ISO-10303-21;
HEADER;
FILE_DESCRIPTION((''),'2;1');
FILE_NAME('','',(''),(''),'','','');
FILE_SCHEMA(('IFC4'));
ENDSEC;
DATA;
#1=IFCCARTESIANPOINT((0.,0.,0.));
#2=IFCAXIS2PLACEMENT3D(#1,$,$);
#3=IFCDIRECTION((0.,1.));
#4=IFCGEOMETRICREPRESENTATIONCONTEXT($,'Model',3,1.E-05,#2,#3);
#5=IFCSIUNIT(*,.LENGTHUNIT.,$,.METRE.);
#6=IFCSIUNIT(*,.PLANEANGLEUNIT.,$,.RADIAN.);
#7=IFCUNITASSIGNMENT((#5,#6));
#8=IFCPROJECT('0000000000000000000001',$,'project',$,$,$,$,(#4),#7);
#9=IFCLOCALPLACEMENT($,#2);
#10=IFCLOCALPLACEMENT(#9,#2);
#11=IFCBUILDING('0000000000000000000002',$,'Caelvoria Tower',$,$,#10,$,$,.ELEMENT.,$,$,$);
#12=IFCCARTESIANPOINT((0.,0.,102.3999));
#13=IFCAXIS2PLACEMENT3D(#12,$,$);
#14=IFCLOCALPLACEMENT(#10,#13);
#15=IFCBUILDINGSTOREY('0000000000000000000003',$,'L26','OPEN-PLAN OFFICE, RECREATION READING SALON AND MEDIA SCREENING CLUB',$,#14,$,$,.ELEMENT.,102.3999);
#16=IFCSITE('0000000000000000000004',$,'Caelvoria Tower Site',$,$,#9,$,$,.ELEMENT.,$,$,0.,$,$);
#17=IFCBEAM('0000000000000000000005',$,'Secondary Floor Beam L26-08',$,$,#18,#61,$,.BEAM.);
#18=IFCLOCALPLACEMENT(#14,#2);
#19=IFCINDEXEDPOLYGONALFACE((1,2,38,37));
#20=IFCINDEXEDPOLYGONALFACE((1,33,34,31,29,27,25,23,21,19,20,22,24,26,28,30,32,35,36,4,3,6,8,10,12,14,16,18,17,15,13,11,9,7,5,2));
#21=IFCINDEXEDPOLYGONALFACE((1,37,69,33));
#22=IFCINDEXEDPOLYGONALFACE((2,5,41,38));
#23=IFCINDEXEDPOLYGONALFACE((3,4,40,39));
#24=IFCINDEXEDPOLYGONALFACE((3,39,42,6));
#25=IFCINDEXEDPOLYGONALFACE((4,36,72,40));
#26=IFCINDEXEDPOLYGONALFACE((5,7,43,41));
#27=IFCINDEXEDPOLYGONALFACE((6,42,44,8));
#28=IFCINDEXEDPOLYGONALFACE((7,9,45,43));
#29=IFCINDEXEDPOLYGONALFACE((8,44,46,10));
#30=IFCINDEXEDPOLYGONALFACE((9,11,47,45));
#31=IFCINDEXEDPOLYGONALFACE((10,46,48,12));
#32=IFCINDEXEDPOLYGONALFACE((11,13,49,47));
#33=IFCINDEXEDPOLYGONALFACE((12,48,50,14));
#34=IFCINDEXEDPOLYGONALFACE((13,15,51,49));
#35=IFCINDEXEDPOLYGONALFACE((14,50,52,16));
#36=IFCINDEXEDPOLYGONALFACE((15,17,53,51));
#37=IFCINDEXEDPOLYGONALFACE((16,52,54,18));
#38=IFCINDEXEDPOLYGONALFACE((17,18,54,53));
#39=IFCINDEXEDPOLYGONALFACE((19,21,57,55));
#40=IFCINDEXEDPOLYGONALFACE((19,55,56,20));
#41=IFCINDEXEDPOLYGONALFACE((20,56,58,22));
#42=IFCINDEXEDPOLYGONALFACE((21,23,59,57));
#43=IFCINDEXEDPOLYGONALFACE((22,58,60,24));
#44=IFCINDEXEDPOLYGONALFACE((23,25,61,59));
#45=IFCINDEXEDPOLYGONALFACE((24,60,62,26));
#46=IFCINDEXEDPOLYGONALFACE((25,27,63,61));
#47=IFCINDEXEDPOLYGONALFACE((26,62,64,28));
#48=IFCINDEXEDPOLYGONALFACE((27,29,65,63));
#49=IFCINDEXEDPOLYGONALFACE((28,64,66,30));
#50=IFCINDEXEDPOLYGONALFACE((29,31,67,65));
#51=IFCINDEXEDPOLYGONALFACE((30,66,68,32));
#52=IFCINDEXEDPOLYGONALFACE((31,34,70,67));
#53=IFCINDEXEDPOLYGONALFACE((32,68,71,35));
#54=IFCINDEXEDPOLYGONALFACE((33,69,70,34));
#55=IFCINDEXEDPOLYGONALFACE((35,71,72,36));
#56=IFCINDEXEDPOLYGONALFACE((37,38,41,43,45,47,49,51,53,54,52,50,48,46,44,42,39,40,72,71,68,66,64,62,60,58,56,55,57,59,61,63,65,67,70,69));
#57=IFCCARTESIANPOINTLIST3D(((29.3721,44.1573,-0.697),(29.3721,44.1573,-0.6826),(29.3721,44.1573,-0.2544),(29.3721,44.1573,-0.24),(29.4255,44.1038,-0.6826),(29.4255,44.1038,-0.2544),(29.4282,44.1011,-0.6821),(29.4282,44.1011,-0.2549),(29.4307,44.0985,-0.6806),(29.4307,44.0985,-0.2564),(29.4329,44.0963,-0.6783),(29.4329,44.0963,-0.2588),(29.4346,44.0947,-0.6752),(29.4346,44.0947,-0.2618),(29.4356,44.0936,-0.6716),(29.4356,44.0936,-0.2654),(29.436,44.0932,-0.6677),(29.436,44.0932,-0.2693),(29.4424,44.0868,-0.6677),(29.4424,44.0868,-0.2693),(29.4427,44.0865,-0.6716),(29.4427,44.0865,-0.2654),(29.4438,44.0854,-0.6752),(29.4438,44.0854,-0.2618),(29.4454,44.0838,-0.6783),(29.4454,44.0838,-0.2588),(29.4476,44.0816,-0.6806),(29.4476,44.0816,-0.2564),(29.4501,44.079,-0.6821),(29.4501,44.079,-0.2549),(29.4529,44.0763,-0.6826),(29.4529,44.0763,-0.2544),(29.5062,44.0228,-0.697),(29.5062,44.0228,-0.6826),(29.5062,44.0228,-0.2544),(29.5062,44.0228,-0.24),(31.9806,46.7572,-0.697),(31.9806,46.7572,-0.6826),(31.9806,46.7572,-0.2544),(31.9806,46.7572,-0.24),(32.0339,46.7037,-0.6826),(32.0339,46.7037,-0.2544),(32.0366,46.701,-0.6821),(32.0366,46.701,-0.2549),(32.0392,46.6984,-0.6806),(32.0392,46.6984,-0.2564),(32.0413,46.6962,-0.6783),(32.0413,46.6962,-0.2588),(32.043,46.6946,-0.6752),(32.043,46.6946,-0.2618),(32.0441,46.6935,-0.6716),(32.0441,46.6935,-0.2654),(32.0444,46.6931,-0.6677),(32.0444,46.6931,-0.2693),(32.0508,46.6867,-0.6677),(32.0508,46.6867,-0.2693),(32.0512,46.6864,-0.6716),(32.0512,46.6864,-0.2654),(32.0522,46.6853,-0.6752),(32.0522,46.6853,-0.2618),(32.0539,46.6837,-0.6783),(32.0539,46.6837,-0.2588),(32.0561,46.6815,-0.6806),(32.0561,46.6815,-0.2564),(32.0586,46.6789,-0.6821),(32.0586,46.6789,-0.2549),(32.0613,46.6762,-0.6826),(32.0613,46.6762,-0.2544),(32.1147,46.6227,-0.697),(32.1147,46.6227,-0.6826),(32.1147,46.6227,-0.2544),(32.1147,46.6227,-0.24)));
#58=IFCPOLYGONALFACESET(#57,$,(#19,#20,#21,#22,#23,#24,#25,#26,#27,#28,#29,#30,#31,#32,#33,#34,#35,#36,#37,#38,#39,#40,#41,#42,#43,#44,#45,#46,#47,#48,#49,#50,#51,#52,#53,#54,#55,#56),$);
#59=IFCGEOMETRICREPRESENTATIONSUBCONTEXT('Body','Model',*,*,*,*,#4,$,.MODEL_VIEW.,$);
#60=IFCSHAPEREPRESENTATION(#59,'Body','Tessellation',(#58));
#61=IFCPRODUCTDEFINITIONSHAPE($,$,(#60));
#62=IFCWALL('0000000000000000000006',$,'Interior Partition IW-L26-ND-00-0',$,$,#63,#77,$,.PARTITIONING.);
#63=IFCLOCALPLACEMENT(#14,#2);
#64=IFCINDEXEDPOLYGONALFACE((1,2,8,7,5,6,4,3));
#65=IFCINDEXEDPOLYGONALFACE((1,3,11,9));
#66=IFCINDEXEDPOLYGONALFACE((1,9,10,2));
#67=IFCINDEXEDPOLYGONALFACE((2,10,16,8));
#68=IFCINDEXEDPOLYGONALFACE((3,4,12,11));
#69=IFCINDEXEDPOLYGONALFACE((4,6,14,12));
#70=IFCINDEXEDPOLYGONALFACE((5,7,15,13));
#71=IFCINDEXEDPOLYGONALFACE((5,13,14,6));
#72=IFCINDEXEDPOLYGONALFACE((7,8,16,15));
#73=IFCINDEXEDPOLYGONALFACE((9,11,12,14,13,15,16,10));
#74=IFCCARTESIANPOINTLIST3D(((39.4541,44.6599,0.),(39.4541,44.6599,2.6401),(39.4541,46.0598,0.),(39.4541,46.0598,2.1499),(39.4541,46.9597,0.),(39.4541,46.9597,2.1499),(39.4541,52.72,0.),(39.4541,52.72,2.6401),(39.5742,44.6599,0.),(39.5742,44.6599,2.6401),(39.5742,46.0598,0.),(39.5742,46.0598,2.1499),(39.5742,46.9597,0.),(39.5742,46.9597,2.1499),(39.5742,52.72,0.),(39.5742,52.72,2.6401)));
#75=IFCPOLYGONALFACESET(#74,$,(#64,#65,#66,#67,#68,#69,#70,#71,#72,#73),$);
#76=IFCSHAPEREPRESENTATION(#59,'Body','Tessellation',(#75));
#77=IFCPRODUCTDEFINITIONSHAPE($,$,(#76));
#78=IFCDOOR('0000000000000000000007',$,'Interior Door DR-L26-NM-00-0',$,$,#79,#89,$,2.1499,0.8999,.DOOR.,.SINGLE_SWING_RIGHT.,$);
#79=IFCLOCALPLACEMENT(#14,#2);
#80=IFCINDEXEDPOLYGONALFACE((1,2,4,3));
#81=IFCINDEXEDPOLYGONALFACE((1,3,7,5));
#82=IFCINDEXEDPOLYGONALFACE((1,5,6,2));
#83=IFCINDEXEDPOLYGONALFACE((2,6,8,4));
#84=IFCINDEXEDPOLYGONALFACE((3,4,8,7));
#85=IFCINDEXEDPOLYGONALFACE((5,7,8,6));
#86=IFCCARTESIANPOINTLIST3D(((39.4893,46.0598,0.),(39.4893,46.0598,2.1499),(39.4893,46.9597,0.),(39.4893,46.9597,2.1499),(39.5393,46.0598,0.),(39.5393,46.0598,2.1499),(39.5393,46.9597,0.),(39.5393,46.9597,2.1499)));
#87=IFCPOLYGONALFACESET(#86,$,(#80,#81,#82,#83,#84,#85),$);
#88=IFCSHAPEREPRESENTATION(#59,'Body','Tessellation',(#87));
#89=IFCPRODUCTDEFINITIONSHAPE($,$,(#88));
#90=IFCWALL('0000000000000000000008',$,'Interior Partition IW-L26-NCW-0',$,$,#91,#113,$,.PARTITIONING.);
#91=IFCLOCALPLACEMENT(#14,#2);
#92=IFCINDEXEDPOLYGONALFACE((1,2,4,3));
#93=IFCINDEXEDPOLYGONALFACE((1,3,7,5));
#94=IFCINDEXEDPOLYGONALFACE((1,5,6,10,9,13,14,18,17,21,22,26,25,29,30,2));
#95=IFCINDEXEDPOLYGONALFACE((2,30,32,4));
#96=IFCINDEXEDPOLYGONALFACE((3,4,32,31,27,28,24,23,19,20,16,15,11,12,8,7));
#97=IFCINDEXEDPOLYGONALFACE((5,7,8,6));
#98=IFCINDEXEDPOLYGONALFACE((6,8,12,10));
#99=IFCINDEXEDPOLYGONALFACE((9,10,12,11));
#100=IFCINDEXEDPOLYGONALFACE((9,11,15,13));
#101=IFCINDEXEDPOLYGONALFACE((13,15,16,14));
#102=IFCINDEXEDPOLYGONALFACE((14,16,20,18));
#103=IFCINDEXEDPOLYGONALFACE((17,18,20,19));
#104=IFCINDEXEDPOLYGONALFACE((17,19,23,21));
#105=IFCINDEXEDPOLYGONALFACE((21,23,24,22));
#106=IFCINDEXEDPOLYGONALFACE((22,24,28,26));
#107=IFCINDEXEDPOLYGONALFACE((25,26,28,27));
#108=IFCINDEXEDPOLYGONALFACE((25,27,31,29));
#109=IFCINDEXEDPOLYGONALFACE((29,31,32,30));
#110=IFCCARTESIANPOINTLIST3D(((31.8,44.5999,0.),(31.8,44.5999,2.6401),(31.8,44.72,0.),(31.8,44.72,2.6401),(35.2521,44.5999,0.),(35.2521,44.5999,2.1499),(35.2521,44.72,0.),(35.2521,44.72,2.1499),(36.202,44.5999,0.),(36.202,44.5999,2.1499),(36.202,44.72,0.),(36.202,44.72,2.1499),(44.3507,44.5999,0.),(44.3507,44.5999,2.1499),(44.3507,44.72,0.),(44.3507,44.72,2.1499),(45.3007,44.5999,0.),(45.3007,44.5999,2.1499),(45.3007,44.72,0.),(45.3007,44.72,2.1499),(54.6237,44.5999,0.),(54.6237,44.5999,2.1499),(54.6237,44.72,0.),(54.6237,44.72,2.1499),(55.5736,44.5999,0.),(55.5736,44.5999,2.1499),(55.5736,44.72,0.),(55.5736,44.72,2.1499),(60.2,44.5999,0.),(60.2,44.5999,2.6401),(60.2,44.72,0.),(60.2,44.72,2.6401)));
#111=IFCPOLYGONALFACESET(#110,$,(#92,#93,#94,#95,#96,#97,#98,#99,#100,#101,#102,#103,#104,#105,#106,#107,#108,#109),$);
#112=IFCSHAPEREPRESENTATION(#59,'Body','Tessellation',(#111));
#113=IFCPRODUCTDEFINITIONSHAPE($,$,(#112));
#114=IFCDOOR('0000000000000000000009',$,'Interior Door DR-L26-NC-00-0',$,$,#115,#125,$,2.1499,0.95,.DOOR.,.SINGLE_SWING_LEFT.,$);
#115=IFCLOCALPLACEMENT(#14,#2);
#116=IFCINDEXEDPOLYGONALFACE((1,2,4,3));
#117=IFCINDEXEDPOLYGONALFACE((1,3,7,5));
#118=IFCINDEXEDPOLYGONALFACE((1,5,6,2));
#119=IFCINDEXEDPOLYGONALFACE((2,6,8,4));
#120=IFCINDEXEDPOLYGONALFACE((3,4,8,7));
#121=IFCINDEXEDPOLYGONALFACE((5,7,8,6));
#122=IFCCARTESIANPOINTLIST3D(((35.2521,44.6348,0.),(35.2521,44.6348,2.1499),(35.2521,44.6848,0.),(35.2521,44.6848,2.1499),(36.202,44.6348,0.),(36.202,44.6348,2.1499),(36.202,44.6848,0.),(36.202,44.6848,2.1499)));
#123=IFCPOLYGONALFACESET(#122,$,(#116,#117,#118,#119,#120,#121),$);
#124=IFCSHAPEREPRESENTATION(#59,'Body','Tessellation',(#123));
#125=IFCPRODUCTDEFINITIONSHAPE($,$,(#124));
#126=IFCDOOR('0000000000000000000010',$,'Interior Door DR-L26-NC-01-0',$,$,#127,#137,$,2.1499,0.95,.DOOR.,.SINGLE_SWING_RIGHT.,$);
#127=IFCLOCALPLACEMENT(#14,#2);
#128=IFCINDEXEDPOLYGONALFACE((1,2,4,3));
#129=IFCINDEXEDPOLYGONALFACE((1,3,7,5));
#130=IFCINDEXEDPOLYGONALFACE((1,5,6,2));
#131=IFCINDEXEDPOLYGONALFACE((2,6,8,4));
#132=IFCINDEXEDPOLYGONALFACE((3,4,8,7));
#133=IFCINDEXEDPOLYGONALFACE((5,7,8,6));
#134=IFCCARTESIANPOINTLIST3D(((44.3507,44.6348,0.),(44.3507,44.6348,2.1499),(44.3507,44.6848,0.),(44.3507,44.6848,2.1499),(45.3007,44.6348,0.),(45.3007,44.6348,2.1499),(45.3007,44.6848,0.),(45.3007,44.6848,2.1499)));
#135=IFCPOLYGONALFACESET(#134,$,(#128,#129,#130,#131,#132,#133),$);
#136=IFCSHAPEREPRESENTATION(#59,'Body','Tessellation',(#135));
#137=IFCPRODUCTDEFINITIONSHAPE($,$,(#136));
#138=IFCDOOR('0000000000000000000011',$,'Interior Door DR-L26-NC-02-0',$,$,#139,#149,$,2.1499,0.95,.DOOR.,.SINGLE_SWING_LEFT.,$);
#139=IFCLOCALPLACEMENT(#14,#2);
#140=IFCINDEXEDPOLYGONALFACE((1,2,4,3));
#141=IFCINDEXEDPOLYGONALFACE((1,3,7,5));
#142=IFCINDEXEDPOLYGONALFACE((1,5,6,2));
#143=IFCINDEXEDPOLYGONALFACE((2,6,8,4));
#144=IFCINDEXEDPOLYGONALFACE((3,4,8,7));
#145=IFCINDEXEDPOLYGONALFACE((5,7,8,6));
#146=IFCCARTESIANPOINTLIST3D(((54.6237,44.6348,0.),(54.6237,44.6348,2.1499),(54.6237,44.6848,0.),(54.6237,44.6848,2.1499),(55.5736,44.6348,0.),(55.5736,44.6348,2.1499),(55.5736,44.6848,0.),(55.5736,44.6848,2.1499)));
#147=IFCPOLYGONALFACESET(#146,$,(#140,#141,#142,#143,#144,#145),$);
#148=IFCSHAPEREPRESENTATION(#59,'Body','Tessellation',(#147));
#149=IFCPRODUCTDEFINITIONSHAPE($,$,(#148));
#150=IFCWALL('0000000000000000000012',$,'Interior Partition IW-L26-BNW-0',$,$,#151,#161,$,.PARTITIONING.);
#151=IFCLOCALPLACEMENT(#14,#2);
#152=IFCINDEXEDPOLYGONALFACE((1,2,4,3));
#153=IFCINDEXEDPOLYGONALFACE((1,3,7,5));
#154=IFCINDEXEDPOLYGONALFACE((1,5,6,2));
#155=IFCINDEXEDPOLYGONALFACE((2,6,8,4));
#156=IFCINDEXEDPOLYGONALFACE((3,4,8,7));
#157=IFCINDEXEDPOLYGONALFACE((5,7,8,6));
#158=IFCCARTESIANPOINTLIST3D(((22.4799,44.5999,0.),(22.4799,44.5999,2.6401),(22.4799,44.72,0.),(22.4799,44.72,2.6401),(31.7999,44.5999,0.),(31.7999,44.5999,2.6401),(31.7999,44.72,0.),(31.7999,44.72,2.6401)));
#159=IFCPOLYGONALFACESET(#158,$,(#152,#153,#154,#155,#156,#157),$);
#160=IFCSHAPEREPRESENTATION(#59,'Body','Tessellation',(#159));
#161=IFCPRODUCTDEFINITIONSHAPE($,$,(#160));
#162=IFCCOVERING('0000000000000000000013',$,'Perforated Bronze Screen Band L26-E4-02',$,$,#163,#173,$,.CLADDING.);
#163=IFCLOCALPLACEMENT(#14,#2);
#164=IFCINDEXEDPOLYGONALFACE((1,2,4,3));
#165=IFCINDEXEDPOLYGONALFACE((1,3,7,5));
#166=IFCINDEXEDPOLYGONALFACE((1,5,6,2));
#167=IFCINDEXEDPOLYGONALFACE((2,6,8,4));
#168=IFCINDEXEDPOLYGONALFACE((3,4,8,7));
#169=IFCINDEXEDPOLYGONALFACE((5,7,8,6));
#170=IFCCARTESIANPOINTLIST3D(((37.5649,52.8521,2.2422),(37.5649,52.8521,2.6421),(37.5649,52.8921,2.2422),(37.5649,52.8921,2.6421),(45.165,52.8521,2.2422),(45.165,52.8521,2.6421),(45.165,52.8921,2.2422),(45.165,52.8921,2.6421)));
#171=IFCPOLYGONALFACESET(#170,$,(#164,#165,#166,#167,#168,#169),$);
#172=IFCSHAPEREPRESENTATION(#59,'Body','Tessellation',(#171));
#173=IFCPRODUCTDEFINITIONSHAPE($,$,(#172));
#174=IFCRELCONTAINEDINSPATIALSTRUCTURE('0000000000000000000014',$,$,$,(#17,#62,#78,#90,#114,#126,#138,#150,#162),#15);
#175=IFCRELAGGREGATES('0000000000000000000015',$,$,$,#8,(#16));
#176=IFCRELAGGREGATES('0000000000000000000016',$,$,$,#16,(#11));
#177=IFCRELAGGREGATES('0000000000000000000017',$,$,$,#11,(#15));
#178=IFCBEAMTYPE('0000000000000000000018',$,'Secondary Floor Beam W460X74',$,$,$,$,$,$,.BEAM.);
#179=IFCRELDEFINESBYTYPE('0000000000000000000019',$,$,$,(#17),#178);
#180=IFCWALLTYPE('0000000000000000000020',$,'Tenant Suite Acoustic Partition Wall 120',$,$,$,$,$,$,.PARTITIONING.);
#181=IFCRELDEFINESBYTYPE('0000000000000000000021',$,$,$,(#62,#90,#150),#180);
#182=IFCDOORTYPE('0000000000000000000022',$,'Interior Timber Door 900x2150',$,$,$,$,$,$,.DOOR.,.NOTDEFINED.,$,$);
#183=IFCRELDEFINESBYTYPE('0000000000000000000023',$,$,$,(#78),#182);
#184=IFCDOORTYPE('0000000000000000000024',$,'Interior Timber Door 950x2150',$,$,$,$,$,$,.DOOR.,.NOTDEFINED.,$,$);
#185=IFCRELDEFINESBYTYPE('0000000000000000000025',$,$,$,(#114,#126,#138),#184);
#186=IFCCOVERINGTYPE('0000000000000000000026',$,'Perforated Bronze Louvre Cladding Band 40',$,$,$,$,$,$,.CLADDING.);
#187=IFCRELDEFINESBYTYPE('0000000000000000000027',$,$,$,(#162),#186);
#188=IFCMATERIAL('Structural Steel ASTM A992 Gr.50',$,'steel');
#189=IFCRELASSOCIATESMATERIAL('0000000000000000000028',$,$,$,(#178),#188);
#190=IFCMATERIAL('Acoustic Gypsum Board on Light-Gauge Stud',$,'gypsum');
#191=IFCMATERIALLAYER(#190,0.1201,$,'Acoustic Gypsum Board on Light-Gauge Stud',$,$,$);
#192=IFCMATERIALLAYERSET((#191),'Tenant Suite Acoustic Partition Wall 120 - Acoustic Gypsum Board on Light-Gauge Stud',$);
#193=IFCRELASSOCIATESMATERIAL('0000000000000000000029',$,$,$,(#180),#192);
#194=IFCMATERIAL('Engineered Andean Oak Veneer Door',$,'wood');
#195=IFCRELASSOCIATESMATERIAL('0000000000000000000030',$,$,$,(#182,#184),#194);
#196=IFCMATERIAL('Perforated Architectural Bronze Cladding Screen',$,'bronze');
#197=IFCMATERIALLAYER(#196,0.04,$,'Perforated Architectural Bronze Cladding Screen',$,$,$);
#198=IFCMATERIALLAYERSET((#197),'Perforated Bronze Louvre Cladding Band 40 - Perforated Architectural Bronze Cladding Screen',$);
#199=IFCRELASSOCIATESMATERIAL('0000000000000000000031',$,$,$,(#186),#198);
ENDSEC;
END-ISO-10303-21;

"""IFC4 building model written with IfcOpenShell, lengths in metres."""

from ifc_helpers import new_model, si_unit, direction, frame, frame_2d, origin, origin_2d, place, context, subcontext, project, spatial, rectangle, i_section, extrude, material, layer, layer_set, material_profile, profile_set, type_object, element, fill, save


model = new_model("IFC4")

# Units and contexts
model_context = context("Model", 3, precision=1e-05, world=origin(), true_north=direction((0.0, 1.0)))
body_context = subcontext(model_context, "Body", "Model", "MODEL_VIEW")
ifc_project = project(units=[si_unit("LENGTHUNIT", "METRE"), si_unit("PLANEANGLEUNIT", "RADIAN")], contexts=[model_context])

# Site, building, storey
site_placement = place(None, origin())
site = spatial("IfcSite", under=ifc_project, at=site_placement, Name="Caelvoria Tower Site", CompositionType="ELEMENT", RefElevation=0.0)
building_placement = place(site_placement, origin())
building = spatial("IfcBuilding", under=site, at=building_placement, Name="Caelvoria Tower", CompositionType="ELEMENT")
storey_placement = place(building_placement, frame((0.0, 0.0, 102.3999)))
storey = spatial("IfcBuildingStorey", under=building, at=storey_placement, Name="L26", Description="OPEN-PLAN OFFICE, RECREATION READING SALON AND MEDIA SCREENING CLUB", CompositionType="ELEMENT", Elevation=102.3999)

# Beam
ifc_material_1 = material(Name="Structural Steel ASTM A992 Gr.50", Category="steel")
ifc_material_profile = material_profile(ifc_material_1, i_section(OverallWidth=0.1899, OverallDepth=0.457, WebThickness=0.009, FlangeThickness=0.0144, FilletRadius=0.0149, at=origin_2d()), Name="Structural Steel ASTM A992 Gr.50")
ifc_profile_set = profile_set([ifc_material_profile], Name="W460X74 - Structural Steel ASTM A992 Gr.50")
beam_type = type_object("IfcBeamType", Name="Secondary Floor Beam W460X74", PredefinedType="BEAM", material=ifc_profile_set)
beam_placement = place(storey_placement, frame((32.0476, 46.6899, -0.4685), z_axis=(-0.708266, -0.705946, 0.0), x_axis=(0.705946, -0.708266, 0.0)))
element("IfcBeam", 1, at=beam_placement, inside=storey, type_object=beam_type, Name="Secondary Floor Beam L26-08", PredefinedType="BEAM", context=body_context, shape_type="SweptSolid", body=[
    extrude(i_section(OverallWidth=0.1899, OverallDepth=0.457, WebThickness=0.009, FlangeThickness=0.0144, FilletRadius=0.0149, at=origin_2d()), origin(), (0.0, 0.0, 1.0), 3.6829),
])

# Wall, opening, door
ifc_material_2 = material(Name="Acoustic Gypsum Board on Light-Gauge Stud", Category="gypsum")
ifc_layer_1 = layer(ifc_material_2, 0.1201, Name="Acoustic Gypsum Board on Light-Gauge Stud")
ifc_layer_set_1 = layer_set([ifc_layer_1], Name="Tenant Suite Acoustic Partition Wall 120 - Acoustic Gypsum Board on Light-Gauge Stud")
wall_type = type_object("IfcWallType", Name="Tenant Suite Acoustic Partition Wall 120", PredefinedType="PARTITIONING", material=ifc_layer_set_1)
wall_1_placement = place(storey_placement, frame((39.5142, 44.6599, 0.0), z_axis=(0.0, 0.0, 1.0), x_axis=(0.0, 1.0, 0.0)))
wall_1 = element("IfcWall", 2, at=wall_1_placement, inside=storey, type_object=wall_type, Name="Interior Partition IW-L26-ND-00-0", PredefinedType="PARTITIONING", context=body_context, shape_type="SweptSolid", body=[
    extrude(rectangle(XDim=8.0601, YDim=0.1201, at=frame_2d((4.03, 0.0))), origin(), (0.0, 0.0, 1.0), 2.6401),
])
opening_1_placement = place(wall_1_placement, frame((1.3999, 0.0, 0.0)))
opening_1 = element("IfcOpeningElement", 3, at=opening_1_placement, cuts=wall_1, PredefinedType="OPENING", context=body_context, shape_type="SweptSolid", body=[
    extrude(rectangle(XDim=0.8999, YDim=2.1499, at=frame_2d((0.45, 1.075))), frame((0.0, 0.0701, 0.0), z_axis=(0.0, -1.0, 0.0), x_axis=(1.0, 0.0, 0.0)), (0.0, 0.0, 1.0), 0.1401),
])
ifc_material_3 = material(Name="Engineered Andean Oak Veneer Door", Category="wood")
door_type_1 = type_object("IfcDoorType", Name="Interior Timber Door 900x2150", OperationType="NOTDEFINED", PredefinedType="DOOR", material=ifc_material_3)
door_1_placement = place(opening_1_placement, origin())
door_1 = element("IfcDoor", 4, at=door_1_placement, inside=storey, type_object=door_type_1, Name="Interior Door DR-L26-NM-00-0", OperationType="SINGLE_SWING_RIGHT", OverallHeight=2.1499, OverallWidth=0.8999, PredefinedType="DOOR", context=body_context, shape_type="SweptSolid", body=[
    extrude(rectangle(XDim=0.8999, YDim=2.1499, at=frame_2d((0.45, 1.075))), frame((0.0, 0.0249, 0.0), z_axis=(0.0, -1.0, 0.0), x_axis=(1.0, 0.0, 0.0)), (0.0, 0.0, 1.0), 0.05),
])
fill(opening_1, door_1)

# Wall, openings, doors
wall_2_placement = place(storey_placement, frame((31.8, 44.6599, 0.0), z_axis=(0.0, 0.0, 1.0), x_axis=(1.0, 0.0, 0.0)))
wall_2 = element("IfcWall", 5, at=wall_2_placement, inside=storey, type_object=wall_type, Name="Interior Partition IW-L26-NCW-0", PredefinedType="PARTITIONING", context=body_context, shape_type="SweptSolid", body=[
    extrude(rectangle(XDim=28.3999, YDim=0.1201, at=frame_2d((14.2, 0.0))), origin(), (0.0, 0.0, 1.0), 2.6401),
])
opening_2_placement = place(wall_2_placement, frame((3.4519, 0.0, 0.0)))
opening_2 = element("IfcOpeningElement", 6, at=opening_2_placement, cuts=wall_2, PredefinedType="OPENING", context=body_context, shape_type="SweptSolid", body=[
    extrude(rectangle(XDim=0.95, YDim=2.1499, at=frame_2d((0.4751, 1.075))), frame((0.0, 0.0701, 0.0), z_axis=(0.0, -1.0, 0.0), x_axis=(1.0, 0.0, 0.0)), (0.0, 0.0, 1.0), 0.1401),
])
opening_3_placement = place(wall_2_placement, frame((12.5505, 0.0, 0.0)))
opening_3 = element("IfcOpeningElement", 7, at=opening_3_placement, cuts=wall_2, PredefinedType="OPENING", context=body_context, shape_type="SweptSolid", body=[
    extrude(rectangle(XDim=0.95, YDim=2.1499, at=frame_2d((0.4751, 1.075))), frame((0.0, 0.0701, 0.0), z_axis=(0.0, -1.0, 0.0), x_axis=(1.0, 0.0, 0.0)), (0.0, 0.0, 1.0), 0.1401),
])
opening_4_placement = place(wall_2_placement, frame((22.8235, 0.0, 0.0)))
opening_4 = element("IfcOpeningElement", 8, at=opening_4_placement, cuts=wall_2, PredefinedType="OPENING", context=body_context, shape_type="SweptSolid", body=[
    extrude(rectangle(XDim=0.95, YDim=2.1499, at=frame_2d((0.4751, 1.075))), frame((0.0, 0.0701, 0.0), z_axis=(0.0, -1.0, 0.0), x_axis=(1.0, 0.0, 0.0)), (0.0, 0.0, 1.0), 0.1401),
])
door_type_2 = type_object("IfcDoorType", Name="Interior Timber Door 950x2150", OperationType="NOTDEFINED", PredefinedType="DOOR", material=ifc_material_3)
door_2_placement = place(opening_2_placement, origin())
door_2 = element("IfcDoor", 9, at=door_2_placement, inside=storey, type_object=door_type_2, Name="Interior Door DR-L26-NC-00-0", OperationType="SINGLE_SWING_LEFT", OverallHeight=2.1499, OverallWidth=0.95, PredefinedType="DOOR", context=body_context, shape_type="SweptSolid", body=[
    extrude(rectangle(XDim=0.95, YDim=2.1499, at=frame_2d((0.4751, 1.075))), frame((0.0, 0.0249, 0.0), z_axis=(0.0, -1.0, 0.0), x_axis=(1.0, 0.0, 0.0)), (0.0, 0.0, 1.0), 0.05),
])
fill(opening_2, door_2)
door_3_placement = place(opening_3_placement, origin())
door_3 = element("IfcDoor", 10, at=door_3_placement, inside=storey, type_object=door_type_2, Name="Interior Door DR-L26-NC-01-0", OperationType="SINGLE_SWING_RIGHT", OverallHeight=2.1499, OverallWidth=0.95, PredefinedType="DOOR", context=body_context, shape_type="SweptSolid", body=[
    extrude(rectangle(XDim=0.95, YDim=2.1499, at=frame_2d((0.4751, 1.075))), frame((0.0, 0.0249, 0.0), z_axis=(0.0, -1.0, 0.0), x_axis=(1.0, 0.0, 0.0)), (0.0, 0.0, 1.0), 0.05),
])
fill(opening_3, door_3)
door_4_placement = place(opening_4_placement, origin())
door_4 = element("IfcDoor", 11, at=door_4_placement, inside=storey, type_object=door_type_2, Name="Interior Door DR-L26-NC-02-0", OperationType="SINGLE_SWING_LEFT", OverallHeight=2.1499, OverallWidth=0.95, PredefinedType="DOOR", context=body_context, shape_type="SweptSolid", body=[
    extrude(rectangle(XDim=0.95, YDim=2.1499, at=frame_2d((0.4751, 1.075))), frame((0.0, 0.0249, 0.0), z_axis=(0.0, -1.0, 0.0), x_axis=(1.0, 0.0, 0.0)), (0.0, 0.0, 1.0), 0.05),
])
fill(opening_4, door_4)

# Wall
wall_3_placement = place(storey_placement, frame((31.8, 44.6599, 0.0), z_axis=(0.0, 0.0, 1.0), x_axis=(-1.0, 0.0, 0.0)))
element("IfcWall", 12, at=wall_3_placement, inside=storey, type_object=wall_type, Name="Interior Partition IW-L26-BNW-0", PredefinedType="PARTITIONING", context=body_context, shape_type="SweptSolid", body=[
    extrude(rectangle(XDim=9.3201, YDim=0.1201, at=frame_2d((4.6602, 0.0))), origin(), (0.0, 0.0, 1.0), 2.6401),
])

# Covering
ifc_material_4 = material(Name="Perforated Architectural Bronze Cladding Screen", Category="bronze")
ifc_layer_2 = layer(ifc_material_4, 0.04, Name="Perforated Architectural Bronze Cladding Screen")
ifc_layer_set_2 = layer_set([ifc_layer_2], Name="Perforated Bronze Louvre Cladding Band 40 - Perforated Architectural Bronze Cladding Screen")
covering_type = type_object("IfcCoveringType", Name="Perforated Bronze Louvre Cladding Band 40", PredefinedType="CLADDING", material=ifc_layer_set_2)
for number, where, z_axis, x_axis, name in (
    (13, (41.365, 52.8721, 2.2422), (0.0, 0.0, 1.0), (-1.0, 0.0, 0.0), "Perforated Bronze Screen Band L26-E4-02"),
):
    element("IfcCovering", number, at=place(storey_placement, frame(where, z_axis=z_axis, x_axis=x_axis)), inside=storey, type_object=covering_type, Name=name, PredefinedType="CLADDING", context=body_context, shape_type="SweptSolid", body=[
        extrude(rectangle(XDim=7.6001, YDim=0.04, at=origin_2d()), origin(), (0.0, 0.0, 1.0), 0.3999),
    ])

save(model, "model.ifc")
